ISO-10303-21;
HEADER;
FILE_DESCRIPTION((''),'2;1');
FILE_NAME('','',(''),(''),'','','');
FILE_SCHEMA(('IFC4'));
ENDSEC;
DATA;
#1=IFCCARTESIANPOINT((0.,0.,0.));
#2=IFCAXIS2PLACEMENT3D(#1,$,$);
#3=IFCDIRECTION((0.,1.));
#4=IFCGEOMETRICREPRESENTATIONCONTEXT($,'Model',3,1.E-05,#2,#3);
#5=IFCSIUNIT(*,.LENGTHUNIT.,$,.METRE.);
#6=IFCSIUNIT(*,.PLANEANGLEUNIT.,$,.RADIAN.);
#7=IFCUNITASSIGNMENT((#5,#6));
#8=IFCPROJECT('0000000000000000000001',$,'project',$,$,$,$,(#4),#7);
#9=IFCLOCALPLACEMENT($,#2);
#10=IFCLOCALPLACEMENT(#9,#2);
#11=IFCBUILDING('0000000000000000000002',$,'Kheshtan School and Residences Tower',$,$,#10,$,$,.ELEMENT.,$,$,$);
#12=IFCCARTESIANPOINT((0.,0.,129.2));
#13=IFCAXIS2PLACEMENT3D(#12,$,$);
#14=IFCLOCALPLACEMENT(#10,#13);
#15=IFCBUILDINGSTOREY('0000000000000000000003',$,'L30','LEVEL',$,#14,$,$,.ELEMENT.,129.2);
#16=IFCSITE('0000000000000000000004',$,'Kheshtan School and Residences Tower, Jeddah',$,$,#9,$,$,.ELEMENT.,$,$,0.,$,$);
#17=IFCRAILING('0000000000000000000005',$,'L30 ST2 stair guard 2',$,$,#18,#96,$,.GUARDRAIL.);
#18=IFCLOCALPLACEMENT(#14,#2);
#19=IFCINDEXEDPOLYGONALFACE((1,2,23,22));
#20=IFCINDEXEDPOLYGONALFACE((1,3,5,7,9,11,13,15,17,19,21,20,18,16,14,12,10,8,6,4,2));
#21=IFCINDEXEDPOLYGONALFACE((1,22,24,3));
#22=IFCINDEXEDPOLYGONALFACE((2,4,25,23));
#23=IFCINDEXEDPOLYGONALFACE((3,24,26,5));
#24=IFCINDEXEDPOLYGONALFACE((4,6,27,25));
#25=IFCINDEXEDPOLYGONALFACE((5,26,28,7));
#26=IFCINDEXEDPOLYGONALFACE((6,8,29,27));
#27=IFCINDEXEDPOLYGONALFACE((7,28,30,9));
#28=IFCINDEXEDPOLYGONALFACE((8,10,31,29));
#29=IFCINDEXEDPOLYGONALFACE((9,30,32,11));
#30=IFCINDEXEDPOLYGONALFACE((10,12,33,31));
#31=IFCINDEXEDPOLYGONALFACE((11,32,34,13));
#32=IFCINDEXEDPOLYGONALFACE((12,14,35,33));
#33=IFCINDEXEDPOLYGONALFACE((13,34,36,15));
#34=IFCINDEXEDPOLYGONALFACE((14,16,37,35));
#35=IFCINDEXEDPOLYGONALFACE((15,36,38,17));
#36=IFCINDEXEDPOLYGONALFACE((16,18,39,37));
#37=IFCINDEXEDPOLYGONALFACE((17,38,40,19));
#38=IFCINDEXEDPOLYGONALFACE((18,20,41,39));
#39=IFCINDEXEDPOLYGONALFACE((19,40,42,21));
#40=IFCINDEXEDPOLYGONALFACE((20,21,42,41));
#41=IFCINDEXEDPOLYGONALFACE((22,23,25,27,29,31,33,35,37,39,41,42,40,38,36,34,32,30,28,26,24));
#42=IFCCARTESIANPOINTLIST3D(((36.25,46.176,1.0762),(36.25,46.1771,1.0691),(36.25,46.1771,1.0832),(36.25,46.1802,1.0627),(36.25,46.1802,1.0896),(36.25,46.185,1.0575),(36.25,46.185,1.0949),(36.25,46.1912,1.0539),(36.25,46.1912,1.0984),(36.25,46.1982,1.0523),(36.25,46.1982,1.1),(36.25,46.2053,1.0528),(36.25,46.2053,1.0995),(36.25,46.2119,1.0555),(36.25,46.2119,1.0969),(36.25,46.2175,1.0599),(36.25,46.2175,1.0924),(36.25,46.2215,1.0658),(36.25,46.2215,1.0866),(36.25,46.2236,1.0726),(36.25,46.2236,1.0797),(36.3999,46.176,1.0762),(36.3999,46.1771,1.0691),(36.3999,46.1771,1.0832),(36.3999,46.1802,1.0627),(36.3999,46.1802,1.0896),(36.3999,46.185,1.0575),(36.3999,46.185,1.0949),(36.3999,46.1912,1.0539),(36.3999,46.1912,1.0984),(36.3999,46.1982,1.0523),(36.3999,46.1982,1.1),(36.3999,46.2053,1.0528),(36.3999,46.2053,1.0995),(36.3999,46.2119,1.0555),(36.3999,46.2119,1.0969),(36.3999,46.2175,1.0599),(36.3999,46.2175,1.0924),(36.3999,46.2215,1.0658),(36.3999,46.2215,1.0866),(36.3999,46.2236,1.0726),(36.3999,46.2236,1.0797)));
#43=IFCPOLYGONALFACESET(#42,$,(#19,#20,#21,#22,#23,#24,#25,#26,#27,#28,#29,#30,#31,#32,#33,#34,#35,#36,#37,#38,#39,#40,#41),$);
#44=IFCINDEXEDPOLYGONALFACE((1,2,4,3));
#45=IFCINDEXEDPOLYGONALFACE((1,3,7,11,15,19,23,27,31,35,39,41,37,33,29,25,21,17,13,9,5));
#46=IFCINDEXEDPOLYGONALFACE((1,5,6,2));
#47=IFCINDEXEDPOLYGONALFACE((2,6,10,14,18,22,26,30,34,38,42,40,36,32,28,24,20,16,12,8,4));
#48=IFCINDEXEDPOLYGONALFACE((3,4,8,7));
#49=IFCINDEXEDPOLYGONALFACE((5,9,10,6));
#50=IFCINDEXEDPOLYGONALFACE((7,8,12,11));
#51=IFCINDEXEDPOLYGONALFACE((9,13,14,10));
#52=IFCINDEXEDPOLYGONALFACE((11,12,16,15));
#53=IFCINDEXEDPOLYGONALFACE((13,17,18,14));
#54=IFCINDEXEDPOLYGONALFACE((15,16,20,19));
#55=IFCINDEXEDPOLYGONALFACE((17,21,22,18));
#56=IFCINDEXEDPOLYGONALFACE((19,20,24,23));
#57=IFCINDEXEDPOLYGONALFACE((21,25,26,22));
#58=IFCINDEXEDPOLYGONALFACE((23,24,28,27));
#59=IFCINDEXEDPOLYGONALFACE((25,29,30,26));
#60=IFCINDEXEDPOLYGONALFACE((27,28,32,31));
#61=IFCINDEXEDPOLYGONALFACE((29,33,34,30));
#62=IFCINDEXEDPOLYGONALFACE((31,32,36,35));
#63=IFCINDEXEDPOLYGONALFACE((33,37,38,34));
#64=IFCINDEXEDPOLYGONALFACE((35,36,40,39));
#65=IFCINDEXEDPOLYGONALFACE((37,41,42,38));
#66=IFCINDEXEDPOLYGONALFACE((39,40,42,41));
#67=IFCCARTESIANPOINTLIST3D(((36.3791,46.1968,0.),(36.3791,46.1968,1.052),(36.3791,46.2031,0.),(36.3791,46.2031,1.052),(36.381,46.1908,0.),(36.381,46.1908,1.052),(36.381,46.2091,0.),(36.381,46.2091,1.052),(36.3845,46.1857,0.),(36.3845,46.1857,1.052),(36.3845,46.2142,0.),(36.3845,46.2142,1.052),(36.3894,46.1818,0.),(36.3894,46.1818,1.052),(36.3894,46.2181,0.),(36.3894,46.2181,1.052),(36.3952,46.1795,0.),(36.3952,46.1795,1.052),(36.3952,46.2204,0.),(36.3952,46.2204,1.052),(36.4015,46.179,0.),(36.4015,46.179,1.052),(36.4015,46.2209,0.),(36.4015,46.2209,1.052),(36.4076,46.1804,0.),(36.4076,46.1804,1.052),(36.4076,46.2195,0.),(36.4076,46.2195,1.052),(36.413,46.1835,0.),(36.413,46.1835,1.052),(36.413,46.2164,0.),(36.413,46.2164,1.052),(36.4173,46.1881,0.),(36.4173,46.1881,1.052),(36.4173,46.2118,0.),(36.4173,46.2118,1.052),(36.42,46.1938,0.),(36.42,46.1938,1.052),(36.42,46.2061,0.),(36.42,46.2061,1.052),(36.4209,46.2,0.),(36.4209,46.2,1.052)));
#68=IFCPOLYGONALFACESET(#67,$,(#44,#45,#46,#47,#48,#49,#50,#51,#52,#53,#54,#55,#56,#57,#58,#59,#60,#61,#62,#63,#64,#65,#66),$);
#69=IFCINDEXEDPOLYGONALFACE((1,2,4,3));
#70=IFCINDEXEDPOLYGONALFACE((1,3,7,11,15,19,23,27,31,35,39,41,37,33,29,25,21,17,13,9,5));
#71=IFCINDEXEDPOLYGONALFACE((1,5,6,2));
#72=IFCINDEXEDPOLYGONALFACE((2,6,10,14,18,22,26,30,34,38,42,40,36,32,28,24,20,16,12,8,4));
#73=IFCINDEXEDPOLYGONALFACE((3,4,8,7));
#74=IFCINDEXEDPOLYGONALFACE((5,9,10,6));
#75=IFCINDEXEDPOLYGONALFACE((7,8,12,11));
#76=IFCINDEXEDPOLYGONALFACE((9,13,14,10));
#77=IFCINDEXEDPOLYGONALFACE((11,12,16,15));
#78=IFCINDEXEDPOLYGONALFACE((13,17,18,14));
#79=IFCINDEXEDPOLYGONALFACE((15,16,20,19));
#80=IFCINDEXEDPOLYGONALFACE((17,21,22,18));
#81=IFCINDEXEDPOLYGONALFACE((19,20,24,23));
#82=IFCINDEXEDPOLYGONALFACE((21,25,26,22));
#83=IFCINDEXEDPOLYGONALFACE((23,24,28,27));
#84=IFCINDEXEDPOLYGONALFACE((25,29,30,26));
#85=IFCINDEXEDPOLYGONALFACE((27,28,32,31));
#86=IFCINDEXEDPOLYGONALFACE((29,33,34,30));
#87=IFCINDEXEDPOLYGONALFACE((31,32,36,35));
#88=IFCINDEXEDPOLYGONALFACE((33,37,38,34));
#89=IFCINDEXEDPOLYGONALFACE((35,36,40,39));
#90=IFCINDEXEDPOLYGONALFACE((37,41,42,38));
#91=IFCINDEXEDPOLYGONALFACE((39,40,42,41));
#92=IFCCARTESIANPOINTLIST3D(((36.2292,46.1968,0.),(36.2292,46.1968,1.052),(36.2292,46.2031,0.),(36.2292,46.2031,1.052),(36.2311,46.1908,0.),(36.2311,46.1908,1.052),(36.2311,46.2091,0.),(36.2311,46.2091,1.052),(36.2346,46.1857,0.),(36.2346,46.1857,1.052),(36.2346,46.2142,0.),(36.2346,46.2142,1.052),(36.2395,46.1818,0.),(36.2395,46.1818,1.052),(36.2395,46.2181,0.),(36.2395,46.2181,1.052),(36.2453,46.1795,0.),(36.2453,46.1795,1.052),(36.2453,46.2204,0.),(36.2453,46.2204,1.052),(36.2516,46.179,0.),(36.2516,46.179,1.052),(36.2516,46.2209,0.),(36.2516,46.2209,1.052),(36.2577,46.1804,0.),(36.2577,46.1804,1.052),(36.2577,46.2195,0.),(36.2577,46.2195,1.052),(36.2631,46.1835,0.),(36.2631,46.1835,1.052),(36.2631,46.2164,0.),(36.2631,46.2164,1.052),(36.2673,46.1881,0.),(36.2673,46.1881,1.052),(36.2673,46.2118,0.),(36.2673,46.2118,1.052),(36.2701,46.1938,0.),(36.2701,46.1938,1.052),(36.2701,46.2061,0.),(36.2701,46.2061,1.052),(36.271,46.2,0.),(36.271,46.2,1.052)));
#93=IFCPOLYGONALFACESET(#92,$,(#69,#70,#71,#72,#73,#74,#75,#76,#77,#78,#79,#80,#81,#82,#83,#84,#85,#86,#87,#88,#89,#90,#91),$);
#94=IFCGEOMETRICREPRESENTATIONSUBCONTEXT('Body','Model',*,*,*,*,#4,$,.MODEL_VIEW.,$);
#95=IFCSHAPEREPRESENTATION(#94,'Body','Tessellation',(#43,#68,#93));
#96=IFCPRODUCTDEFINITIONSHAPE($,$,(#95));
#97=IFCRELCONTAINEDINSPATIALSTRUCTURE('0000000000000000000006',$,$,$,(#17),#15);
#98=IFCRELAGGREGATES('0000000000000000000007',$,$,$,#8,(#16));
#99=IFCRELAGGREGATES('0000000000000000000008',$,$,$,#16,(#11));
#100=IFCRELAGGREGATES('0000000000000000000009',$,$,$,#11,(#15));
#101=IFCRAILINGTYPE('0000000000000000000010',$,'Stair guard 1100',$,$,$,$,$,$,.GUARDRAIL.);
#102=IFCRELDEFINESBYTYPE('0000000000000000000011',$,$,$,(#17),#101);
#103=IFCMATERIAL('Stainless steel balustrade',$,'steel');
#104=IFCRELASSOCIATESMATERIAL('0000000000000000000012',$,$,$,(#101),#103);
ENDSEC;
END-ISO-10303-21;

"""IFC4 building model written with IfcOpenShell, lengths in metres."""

from ifc_helpers import new_model, si_unit, direction, frame, origin, origin_2d, place, context, subcontext, project, spatial, circle, extrude, material, type_object, element, save


model = new_model("IFC4")

# Units and contexts
model_context = context("Model", 3, precision=1e-05, world=origin(), true_north=direction((0.0, 1.0)))
body_context = subcontext(model_context, "Body", "Model", "MODEL_VIEW")
ifc_project = project(units=[si_unit("LENGTHUNIT", "METRE"), si_unit("PLANEANGLEUNIT", "RADIAN")], contexts=[model_context])

# Site, building, storey
site_placement = place(None, origin())
site = spatial("IfcSite", under=ifc_project, at=site_placement, Name="Kheshtan School and Residences Tower, Jeddah", CompositionType="ELEMENT", RefElevation=0.0)
building_placement = place(site_placement, origin())
building = spatial("IfcBuilding", under=site, at=building_placement, Name="Kheshtan School and Residences Tower", CompositionType="ELEMENT")
storey_placement = place(building_placement, frame((0.0, 0.0, 129.2)))
storey = spatial("IfcBuildingStorey", under=building, at=storey_placement, Name="L30", Description="LEVEL", CompositionType="ELEMENT", Elevation=129.2)

# Railing
ifc_material_1 = material(Name="Stainless steel balustrade", Category="steel")
railing_type_1 = type_object("IfcRailingType", Name="Stair guard 1100", PredefinedType="GUARDRAIL", material=ifc_material_1)
railing_1_placement = place(storey_placement, frame((36.3999, 46.2, 0.0)))
element("IfcRailing", 1, at=railing_1_placement, inside=storey, type_object=railing_type_1, Name="L30 ST2 stair guard 2", PredefinedType="GUARDRAIL", context=body_context, shape_type="SweptSolid", body=[
    extrude(circle(Radius=0.0239, at=origin_2d()), frame((0.0, 0.0, 1.0762), z_axis=(-1.0, 0.0, 0.0), x_axis=(0.0, -1.0, 0.0)), (0.0, 0.0, 1.0), 0.1499),
    extrude(circle(Radius=0.021, at=origin_2d()), origin(), (0.0, 0.0, 1.0), 1.052),
    extrude(circle(Radius=0.021, at=origin_2d()), frame((-0.1499, 0.0, 0.0)), (0.0, 0.0, 1.0), 1.052),
])

save(model, "model.ifc")
